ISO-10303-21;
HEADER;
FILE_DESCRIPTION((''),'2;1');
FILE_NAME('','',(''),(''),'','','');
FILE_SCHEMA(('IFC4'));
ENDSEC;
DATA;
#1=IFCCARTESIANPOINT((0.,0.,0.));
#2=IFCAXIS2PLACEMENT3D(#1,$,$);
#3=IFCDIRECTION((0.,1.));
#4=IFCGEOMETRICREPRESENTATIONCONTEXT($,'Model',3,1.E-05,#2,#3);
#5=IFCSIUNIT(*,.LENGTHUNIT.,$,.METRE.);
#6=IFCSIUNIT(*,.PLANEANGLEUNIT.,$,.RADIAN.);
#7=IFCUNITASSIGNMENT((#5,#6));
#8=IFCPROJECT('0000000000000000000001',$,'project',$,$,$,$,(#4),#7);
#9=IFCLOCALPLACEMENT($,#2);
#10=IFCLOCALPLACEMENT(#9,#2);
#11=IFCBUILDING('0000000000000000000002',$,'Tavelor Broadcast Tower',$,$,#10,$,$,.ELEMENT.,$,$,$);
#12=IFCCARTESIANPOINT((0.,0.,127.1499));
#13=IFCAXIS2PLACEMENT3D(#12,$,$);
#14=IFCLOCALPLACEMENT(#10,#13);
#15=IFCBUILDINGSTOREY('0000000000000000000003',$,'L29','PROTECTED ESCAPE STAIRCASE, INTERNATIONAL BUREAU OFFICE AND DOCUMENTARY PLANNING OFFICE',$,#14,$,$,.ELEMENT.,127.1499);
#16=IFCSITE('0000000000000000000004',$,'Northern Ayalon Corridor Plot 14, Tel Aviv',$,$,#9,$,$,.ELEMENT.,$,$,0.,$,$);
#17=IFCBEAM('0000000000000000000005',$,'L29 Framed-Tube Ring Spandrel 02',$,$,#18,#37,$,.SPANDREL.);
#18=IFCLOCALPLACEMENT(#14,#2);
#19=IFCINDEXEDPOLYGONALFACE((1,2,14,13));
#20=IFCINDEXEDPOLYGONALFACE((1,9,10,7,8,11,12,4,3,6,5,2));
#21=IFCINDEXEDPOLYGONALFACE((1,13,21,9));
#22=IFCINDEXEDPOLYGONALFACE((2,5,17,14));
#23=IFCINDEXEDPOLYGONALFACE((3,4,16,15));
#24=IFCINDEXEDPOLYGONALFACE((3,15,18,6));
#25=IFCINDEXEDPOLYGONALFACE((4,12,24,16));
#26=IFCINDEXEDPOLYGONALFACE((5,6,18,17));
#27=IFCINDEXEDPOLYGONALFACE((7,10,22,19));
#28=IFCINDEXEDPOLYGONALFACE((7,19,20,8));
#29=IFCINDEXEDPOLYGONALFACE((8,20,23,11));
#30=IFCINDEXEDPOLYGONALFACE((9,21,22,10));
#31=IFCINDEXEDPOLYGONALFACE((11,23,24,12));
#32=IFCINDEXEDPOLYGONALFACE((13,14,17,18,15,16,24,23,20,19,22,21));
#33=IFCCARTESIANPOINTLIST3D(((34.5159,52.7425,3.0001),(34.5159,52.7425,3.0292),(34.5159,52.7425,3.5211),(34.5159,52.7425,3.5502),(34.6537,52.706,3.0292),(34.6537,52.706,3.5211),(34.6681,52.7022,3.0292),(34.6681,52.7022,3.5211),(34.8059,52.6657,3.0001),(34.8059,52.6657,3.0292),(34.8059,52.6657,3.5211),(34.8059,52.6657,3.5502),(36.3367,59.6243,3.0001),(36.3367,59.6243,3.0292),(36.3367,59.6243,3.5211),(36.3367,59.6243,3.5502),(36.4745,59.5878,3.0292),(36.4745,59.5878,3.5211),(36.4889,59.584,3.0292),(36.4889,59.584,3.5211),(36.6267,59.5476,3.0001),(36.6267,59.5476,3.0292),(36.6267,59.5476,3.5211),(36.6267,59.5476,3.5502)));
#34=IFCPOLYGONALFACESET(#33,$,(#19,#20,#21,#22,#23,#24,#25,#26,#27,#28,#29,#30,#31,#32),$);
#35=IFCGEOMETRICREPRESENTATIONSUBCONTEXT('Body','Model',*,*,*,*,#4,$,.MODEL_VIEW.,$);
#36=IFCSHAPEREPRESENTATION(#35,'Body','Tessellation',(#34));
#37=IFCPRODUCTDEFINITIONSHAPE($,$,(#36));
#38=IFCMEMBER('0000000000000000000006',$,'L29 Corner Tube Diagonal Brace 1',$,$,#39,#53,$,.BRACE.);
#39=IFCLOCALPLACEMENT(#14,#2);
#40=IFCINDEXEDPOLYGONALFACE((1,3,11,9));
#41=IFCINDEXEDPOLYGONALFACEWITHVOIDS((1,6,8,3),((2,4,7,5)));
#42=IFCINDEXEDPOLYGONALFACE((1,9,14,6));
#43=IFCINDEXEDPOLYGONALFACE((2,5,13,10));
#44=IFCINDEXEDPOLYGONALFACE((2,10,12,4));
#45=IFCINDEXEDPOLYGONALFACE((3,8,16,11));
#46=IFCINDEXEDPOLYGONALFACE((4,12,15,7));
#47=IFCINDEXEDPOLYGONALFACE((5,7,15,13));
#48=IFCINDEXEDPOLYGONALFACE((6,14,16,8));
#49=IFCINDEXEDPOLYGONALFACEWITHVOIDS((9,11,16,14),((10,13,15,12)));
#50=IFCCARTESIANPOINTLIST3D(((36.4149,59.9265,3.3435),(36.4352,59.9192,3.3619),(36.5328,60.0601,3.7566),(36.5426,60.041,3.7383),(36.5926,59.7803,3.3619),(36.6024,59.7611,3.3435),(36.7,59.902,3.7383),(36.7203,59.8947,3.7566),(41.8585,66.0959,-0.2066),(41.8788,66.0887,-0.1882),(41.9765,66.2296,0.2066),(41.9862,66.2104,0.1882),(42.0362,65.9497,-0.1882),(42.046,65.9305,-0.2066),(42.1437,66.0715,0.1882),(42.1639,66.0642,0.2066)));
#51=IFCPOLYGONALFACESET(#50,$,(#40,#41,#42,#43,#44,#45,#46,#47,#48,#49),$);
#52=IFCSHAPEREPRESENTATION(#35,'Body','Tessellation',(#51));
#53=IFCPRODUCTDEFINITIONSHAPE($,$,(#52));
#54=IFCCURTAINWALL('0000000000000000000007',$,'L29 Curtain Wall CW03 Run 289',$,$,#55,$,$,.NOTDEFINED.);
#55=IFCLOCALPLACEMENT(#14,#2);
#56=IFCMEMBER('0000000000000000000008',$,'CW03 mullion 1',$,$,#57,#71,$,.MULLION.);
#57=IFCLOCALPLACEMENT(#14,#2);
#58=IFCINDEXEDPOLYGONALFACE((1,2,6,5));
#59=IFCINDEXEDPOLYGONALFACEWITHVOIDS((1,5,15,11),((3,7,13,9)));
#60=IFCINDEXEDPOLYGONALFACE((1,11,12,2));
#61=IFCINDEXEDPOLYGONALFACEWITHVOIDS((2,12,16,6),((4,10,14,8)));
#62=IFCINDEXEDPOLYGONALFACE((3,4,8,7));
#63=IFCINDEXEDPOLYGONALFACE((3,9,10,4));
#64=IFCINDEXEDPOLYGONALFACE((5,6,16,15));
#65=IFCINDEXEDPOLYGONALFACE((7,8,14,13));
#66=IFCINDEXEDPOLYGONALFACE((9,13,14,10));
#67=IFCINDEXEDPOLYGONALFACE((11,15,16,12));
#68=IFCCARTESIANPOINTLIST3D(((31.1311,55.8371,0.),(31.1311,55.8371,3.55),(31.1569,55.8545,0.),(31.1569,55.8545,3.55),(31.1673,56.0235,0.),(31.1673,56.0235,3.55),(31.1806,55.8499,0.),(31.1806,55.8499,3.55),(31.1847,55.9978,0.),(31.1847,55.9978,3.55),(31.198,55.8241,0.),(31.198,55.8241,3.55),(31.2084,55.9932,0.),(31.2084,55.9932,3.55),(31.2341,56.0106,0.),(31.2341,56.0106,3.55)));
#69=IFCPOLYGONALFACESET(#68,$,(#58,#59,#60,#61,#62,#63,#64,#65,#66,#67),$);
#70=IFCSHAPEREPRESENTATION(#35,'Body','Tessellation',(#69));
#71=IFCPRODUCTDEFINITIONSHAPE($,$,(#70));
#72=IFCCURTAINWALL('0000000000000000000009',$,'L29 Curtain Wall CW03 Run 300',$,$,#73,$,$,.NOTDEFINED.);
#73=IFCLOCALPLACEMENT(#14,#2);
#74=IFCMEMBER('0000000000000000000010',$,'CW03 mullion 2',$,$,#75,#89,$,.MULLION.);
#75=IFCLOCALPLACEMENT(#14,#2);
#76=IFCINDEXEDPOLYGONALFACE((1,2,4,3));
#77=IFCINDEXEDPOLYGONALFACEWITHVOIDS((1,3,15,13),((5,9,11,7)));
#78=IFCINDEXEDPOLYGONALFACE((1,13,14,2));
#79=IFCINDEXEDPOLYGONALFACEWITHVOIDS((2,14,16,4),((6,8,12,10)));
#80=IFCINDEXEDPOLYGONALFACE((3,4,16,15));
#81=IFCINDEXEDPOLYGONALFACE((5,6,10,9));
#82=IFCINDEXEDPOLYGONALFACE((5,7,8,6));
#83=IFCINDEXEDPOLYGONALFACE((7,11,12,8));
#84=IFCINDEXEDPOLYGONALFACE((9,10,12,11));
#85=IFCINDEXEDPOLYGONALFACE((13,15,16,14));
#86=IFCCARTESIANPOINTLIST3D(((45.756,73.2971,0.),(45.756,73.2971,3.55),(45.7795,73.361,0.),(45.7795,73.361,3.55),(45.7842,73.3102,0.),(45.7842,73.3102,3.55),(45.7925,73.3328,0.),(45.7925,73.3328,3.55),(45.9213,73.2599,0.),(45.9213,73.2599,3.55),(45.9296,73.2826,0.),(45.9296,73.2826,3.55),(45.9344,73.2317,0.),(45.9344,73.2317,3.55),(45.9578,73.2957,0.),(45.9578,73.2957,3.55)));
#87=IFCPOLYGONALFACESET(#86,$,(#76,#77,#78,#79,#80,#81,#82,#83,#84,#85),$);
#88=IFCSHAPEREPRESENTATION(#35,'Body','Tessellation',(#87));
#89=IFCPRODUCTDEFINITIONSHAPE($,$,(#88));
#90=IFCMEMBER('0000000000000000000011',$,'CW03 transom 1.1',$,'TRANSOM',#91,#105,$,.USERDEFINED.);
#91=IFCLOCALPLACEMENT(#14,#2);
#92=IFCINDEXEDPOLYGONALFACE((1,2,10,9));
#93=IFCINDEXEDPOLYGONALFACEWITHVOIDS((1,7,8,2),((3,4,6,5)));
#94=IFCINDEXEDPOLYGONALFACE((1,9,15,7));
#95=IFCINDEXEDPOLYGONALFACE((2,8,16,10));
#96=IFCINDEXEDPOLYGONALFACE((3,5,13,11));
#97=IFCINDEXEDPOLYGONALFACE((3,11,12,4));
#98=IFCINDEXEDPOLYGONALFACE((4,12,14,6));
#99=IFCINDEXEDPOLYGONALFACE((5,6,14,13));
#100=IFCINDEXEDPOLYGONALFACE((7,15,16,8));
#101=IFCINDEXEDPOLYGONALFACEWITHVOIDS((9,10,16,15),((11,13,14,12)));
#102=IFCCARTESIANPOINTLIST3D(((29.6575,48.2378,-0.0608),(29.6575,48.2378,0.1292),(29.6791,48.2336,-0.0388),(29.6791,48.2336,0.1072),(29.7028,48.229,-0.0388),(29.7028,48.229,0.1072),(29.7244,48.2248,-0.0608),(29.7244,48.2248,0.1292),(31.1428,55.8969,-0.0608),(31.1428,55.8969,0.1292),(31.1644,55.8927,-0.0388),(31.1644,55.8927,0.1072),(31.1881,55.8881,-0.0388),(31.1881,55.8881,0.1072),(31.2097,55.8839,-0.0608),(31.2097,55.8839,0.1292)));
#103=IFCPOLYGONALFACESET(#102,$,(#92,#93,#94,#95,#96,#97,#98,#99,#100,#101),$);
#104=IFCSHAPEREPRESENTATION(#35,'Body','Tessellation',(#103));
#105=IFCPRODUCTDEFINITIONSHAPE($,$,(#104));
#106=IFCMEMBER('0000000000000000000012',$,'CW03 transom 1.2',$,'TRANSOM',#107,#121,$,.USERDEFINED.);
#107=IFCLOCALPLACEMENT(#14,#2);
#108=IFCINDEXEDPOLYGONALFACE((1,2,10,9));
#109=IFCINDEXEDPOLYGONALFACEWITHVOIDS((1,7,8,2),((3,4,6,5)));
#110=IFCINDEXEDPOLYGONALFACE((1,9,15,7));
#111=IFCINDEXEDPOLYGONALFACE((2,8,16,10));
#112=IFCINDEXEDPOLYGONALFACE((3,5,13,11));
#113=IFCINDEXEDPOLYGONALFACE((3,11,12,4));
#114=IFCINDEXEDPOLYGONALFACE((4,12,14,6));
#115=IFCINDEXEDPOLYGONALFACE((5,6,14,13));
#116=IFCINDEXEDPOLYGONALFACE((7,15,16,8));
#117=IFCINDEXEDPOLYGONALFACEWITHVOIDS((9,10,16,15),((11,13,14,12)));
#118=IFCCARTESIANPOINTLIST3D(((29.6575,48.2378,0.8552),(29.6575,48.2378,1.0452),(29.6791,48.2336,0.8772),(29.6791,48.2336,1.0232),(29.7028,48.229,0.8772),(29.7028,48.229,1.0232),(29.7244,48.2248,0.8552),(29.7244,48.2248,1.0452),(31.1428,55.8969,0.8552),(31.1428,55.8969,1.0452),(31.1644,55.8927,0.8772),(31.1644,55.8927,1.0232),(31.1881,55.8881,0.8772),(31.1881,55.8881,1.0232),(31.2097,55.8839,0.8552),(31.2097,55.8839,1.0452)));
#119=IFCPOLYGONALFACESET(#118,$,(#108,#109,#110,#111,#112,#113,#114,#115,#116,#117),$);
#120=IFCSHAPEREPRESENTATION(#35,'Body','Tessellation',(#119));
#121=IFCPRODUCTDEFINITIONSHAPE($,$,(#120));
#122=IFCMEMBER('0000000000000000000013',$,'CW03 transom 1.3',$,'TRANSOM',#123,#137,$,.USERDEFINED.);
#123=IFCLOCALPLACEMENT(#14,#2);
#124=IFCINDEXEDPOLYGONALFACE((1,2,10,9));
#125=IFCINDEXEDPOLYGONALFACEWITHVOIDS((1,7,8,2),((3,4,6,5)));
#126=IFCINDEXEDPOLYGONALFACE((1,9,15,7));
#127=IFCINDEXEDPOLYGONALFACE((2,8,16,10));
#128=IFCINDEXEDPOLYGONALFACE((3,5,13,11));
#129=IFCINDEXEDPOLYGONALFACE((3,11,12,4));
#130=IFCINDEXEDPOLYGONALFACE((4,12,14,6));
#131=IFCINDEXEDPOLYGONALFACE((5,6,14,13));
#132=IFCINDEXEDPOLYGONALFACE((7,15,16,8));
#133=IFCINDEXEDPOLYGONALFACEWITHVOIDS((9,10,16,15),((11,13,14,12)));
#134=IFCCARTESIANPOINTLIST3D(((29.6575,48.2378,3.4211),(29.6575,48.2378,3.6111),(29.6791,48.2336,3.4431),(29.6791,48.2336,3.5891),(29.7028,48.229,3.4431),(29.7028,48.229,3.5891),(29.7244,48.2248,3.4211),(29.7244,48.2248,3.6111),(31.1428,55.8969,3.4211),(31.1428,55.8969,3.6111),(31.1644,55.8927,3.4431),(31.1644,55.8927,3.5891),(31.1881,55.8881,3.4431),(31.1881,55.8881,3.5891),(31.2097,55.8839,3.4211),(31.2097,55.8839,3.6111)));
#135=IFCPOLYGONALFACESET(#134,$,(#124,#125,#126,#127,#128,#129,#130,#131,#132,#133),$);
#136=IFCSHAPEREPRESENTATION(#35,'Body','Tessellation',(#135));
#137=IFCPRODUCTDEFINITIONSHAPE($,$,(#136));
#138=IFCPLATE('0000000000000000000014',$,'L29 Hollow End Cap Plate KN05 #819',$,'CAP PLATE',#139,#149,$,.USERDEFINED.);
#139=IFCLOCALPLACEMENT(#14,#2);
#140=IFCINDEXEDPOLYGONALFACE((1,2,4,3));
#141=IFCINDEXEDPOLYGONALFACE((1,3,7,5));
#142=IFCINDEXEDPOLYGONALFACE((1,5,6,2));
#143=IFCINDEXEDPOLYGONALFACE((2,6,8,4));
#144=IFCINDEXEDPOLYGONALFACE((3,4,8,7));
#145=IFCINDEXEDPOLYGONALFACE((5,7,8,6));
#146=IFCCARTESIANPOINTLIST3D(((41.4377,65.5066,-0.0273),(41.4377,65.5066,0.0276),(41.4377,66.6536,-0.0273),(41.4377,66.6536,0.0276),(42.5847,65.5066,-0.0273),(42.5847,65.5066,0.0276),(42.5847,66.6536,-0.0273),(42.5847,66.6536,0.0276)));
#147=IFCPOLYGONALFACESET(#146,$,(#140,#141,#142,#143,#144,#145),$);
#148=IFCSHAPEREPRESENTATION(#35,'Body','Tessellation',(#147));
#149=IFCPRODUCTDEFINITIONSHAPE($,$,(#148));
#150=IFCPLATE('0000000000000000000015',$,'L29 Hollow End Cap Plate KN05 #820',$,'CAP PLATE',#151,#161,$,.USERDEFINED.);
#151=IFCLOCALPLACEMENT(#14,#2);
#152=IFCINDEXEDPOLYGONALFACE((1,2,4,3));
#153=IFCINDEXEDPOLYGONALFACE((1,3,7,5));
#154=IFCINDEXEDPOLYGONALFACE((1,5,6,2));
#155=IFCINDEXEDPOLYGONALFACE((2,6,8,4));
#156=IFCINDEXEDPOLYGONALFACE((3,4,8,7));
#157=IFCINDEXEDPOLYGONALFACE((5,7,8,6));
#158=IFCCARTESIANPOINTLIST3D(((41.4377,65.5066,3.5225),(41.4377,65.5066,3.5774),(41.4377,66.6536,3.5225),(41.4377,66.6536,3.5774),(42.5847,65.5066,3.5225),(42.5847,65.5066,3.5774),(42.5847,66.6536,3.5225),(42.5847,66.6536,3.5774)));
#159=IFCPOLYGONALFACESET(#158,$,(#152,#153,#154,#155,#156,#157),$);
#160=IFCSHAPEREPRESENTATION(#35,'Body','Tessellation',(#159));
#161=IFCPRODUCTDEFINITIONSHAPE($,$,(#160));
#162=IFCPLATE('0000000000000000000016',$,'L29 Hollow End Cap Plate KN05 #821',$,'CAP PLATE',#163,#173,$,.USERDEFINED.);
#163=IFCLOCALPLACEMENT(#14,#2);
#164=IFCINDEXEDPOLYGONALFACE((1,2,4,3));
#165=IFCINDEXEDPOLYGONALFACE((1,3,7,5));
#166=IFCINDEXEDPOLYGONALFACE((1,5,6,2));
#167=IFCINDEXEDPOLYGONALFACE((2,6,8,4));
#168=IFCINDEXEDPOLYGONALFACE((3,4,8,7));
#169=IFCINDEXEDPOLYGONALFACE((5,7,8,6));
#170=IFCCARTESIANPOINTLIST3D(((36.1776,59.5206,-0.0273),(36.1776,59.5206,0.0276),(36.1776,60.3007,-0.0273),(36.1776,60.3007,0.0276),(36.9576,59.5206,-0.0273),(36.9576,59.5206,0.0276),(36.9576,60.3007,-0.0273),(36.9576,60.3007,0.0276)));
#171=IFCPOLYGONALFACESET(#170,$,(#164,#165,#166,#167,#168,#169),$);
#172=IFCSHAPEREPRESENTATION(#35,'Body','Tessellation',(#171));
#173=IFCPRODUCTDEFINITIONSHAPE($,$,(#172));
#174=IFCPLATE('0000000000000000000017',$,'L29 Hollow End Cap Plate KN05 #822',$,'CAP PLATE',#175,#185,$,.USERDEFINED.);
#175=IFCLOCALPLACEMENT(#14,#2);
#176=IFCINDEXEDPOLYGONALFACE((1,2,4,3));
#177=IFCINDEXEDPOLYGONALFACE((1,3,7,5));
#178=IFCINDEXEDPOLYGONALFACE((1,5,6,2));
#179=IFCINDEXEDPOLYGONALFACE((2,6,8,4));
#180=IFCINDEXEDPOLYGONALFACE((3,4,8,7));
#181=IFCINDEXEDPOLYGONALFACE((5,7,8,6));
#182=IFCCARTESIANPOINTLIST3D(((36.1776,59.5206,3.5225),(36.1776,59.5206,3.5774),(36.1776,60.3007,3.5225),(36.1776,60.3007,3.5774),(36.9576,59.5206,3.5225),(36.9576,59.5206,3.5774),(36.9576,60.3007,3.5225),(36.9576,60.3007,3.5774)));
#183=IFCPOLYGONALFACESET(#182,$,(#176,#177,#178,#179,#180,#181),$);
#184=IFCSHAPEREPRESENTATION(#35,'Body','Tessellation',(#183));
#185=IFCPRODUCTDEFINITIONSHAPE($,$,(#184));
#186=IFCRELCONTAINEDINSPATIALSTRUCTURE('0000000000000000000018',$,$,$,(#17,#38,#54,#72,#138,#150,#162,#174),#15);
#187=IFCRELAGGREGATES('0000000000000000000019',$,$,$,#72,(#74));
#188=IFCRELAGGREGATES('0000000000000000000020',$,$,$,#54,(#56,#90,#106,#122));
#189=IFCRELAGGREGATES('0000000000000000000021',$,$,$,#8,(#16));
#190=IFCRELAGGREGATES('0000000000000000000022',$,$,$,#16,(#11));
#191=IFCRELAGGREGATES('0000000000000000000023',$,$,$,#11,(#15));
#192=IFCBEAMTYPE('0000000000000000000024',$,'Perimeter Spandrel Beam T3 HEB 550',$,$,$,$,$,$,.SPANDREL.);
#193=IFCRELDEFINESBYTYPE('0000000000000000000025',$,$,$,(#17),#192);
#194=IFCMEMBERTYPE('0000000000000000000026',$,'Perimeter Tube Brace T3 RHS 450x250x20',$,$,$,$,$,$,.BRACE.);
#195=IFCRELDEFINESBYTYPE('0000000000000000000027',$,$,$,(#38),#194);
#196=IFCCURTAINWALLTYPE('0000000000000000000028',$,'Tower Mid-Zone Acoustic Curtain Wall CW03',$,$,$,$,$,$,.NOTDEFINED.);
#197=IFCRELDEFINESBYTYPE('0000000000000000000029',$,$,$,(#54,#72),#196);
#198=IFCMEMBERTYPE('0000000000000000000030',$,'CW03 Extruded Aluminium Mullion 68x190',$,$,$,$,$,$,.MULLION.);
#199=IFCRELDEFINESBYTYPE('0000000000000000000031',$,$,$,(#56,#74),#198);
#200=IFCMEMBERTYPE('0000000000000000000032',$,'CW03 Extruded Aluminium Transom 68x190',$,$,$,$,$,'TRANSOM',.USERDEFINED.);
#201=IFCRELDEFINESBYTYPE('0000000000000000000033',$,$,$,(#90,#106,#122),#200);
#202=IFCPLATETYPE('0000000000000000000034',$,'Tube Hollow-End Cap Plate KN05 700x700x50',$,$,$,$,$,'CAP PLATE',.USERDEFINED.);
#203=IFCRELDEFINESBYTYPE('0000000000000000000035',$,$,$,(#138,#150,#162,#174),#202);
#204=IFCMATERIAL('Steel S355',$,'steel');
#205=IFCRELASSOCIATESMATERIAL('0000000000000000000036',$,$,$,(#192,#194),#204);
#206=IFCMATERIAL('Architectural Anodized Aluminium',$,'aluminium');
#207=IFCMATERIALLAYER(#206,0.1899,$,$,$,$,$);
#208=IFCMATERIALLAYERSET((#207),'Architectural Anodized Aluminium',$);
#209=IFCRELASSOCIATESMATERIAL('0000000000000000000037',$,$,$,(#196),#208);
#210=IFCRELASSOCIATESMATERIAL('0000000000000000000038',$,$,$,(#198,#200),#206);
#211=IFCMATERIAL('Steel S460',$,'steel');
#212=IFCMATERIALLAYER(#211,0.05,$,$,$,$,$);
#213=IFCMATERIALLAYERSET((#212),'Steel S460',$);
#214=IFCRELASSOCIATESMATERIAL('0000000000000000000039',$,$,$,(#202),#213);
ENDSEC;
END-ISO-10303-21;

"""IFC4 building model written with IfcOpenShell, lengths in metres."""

from ifc_helpers import new_model, si_unit, direction, frame, origin, origin_2d, place, context, subcontext, project, spatial, rectangle, hollow_rectangle, i_section, extrude, source, transform, mapped, material, layer, layer_set, material_profile, profile_set, type_object, type_shapes, element, aggregate, save


model = new_model("IFC4")

# Units and contexts
model_context = context("Model", 3, precision=1e-05, world=origin(), true_north=direction((0.0, 1.0)))
body_context = subcontext(model_context, "Body", "Model", "MODEL_VIEW")
ifc_project = project(units=[si_unit("LENGTHUNIT", "METRE"), si_unit("PLANEANGLEUNIT", "RADIAN")], contexts=[model_context])

# Site, building, storey
site_placement = place(None, origin())
site = spatial("IfcSite", under=ifc_project, at=site_placement, Name="Northern Ayalon Corridor Plot 14, Tel Aviv", CompositionType="ELEMENT", RefElevation=0.0)
building_placement = place(site_placement, origin())
building = spatial("IfcBuilding", under=site, at=building_placement, Name="Tavelor Broadcast Tower", CompositionType="ELEMENT")
storey_placement = place(building_placement, frame((0.0, 0.0, 127.1499)))
storey = spatial("IfcBuildingStorey", under=building, at=storey_placement, Name="L29", Description="PROTECTED ESCAPE STAIRCASE, INTERNATIONAL BUREAU OFFICE AND DOCUMENTARY PLANNING OFFICE", CompositionType="ELEMENT", Elevation=127.1499)

# Shared definitions
ifc_material_1 = material(Name="Steel S460", Category="steel")

# Beam
ifc_material_2 = material(Name="Steel S355", Category="steel")
ifc_material_profile_1 = material_profile(ifc_material_2, i_section(OverallWidth=0.3, OverallDepth=0.55, WebThickness=0.0149, FlangeThickness=0.0291, at=origin_2d()), Name="HEB 550")
ifc_profile_set_1 = profile_set([ifc_material_profile_1], Name="Steel S355")
beam_type_1 = type_object("IfcBeamType", Name="Perimeter Spandrel Beam T3 HEB 550", PredefinedType="SPANDREL", material=ifc_profile_set_1)
beam_1_placement = place(storey_placement, frame((36.4817, 59.5859, 3.2751), z_axis=(-0.255779, -0.966735, 0.0), x_axis=(0.966735, -0.255779, 0.0)))
element("IfcBeam", 1, at=beam_1_placement, inside=storey, type_object=beam_type_1, Name="L29 Framed-Tube Ring Spandrel 02", PredefinedType="SPANDREL", context=body_context, shape_type="SweptSolid", body=[
    extrude(i_section(OverallWidth=0.3, OverallDepth=0.55, WebThickness=0.0149, FlangeThickness=0.0291, at=origin_2d()), origin(), (0.0, 0.0, 1.0), 7.1187),
])

# Member
ifc_material_profile_2 = material_profile(ifc_material_2, hollow_rectangle(XDim=0.25, YDim=0.45, WallThickness=0.02, at=origin_2d()), Name="RHS 450x250x20")
ifc_profile_set_2 = profile_set([ifc_material_profile_2], Name="Steel S355")
member_type_1 = type_object("IfcMemberType", Name="Perimeter Tube Brace T3 RHS 450x250x20", PredefinedType="BRACE", material=ifc_profile_set_2)
member_1_placement = place(storey_placement, frame((42.0112, 66.0801, 0.0), z_axis=(-0.607485, -0.688484, 0.396171), x_axis=(0.749839, -0.661621, 0.0)))
element("IfcMember", 2, at=member_1_placement, inside=storey, type_object=member_type_1, Name="L29 Corner Tube Diagonal Brace 1", PredefinedType="BRACE", context=body_context, shape_type="SweptSolid", body=[
    extrude(hollow_rectangle(XDim=0.25, YDim=0.45, WallThickness=0.02, at=origin_2d()), origin(), (0.0, 0.0, 1.0), 8.9609),
])

# Curtain walls, members
ifc_material_3 = material(Name="Architectural Anodized Aluminium", Category="aluminium")
ifc_layer_1 = layer(ifc_material_3, 0.1899)
ifc_layer_set_1 = layer_set([ifc_layer_1], Name="Architectural Anodized Aluminium")
curtain_wall_type = type_object("IfcCurtainWallType", Name="Tower Mid-Zone Acoustic Curtain Wall CW03", PredefinedType="NOTDEFINED", material=ifc_layer_set_1)
curtain_wall_1_placement = place(storey_placement, origin())
curtain_wall_1 = element("IfcCurtainWall", 3, at=curtain_wall_1_placement, inside=storey, type_object=curtain_wall_type, Name="L29 Curtain Wall CW03 Run 289", PredefinedType="NOTDEFINED")
ifc_material_profile_3 = material_profile(ifc_material_3, hollow_rectangle(XDim=0.0681, YDim=0.1899, WallThickness=0.022, at=origin_2d()), Name="RHS 68x190x22")
ifc_profile_set_3 = profile_set([ifc_material_profile_3], Name="Architectural Anodized Aluminium")
member_type_2 = type_object("IfcMemberType", Name="CW03 Extruded Aluminium Mullion 68x190", PredefinedType="MULLION", material=ifc_profile_set_3)
shared_shape_1 = source(origin(), body_context, "Body", "SweptSolid", [
    extrude(hollow_rectangle(XDim=0.0681, YDim=0.1899, WallThickness=0.022, at=origin_2d()), origin(), (0.0, 0.0, 1.0), 3.55),
])
type_shapes(member_type_2, [shared_shape_1])
member_2_placement = place(storey_placement, frame((31.1826, 55.9238, 0.0), z_axis=(0.0, 0.0, 1.0), x_axis=(0.981711, -0.190378, 0.0)))
member_2 = element("IfcMember", 4, at=member_2_placement, type_object=member_type_2, Name="CW03 mullion 1", PredefinedType="MULLION", context=body_context, shape_type="MappedRepresentation", body=[
    mapped(shared_shape_1, transform((0.0, 0.0, 0.0), scale=1.0)),
])
curtain_wall_2_placement = place(storey_placement, origin())
curtain_wall_2 = element("IfcCurtainWall", 5, at=curtain_wall_2_placement, inside=storey, type_object=curtain_wall_type, Name="L29 Curtain Wall CW03 Run 300", PredefinedType="NOTDEFINED")
member_3_placement = place(storey_placement, frame((45.8569, 73.2964, 0.0), z_axis=(0.0, 0.0, 1.0), x_axis=(-0.344039, -0.938955, 0.0)))
member_3 = element("IfcMember", 6, at=member_3_placement, type_object=member_type_2, Name="CW03 mullion 2", PredefinedType="MULLION", context=body_context, shape_type="MappedRepresentation", body=[
    mapped(shared_shape_1, transform((0.0, 0.0, 0.0), scale=1.0)),
])
aggregate(curtain_wall_2, [member_3])

# Members
ifc_material_profile_4 = material_profile(ifc_material_3, hollow_rectangle(XDim=0.0681, YDim=0.1899, WallThickness=0.022, at=origin_2d()), Name="RHS 68x190x22")
ifc_profile_set_4 = profile_set([ifc_material_profile_4], Name="Architectural Anodized Aluminium")
member_type_3 = type_object("IfcMemberType", Name="CW03 Extruded Aluminium Transom 68x190", ElementType="TRANSOM", PredefinedType="USERDEFINED", material=ifc_profile_set_4)
shared_shape_2 = source(origin(), body_context, "Body", "SweptSolid", [
    extrude(hollow_rectangle(XDim=0.0681, YDim=0.1899, WallThickness=0.022, at=origin_2d()), origin(), (0.0, 0.0, 1.0), 7.8018),
])
type_shapes(member_type_3, [shared_shape_2])
member_4_placement = place(storey_placement, frame((31.1763, 55.8904, 0.0342), z_axis=(-0.190384, -0.98171, 0.0), x_axis=(0.98171, -0.190384, 0.0)))
member_4 = element("IfcMember", 7, at=member_4_placement, type_object=member_type_3, Name="CW03 transom 1.1", ObjectType="TRANSOM", PredefinedType="USERDEFINED", context=body_context, shape_type="MappedRepresentation", body=[
    mapped(shared_shape_2, transform((0.0, 0.0, 0.0), scale=1.0)),
])
member_5_placement = place(storey_placement, frame((31.1763, 55.8904, 0.9502), z_axis=(-0.190384, -0.98171, 0.0), x_axis=(0.98171, -0.190384, 0.0)))
member_5 = element("IfcMember", 8, at=member_5_placement, type_object=member_type_3, Name="CW03 transom 1.2", ObjectType="TRANSOM", PredefinedType="USERDEFINED", context=body_context, shape_type="MappedRepresentation", body=[
    mapped(shared_shape_2, transform((0.0, 0.0, 0.0), scale=1.0)),
])
member_6_placement = place(storey_placement, frame((31.1763, 55.8904, 3.5161), z_axis=(-0.190384, -0.98171, 0.0), x_axis=(0.98171, -0.190384, 0.0)))
member_6 = element("IfcMember", 9, at=member_6_placement, type_object=member_type_3, Name="CW03 transom 1.3", ObjectType="TRANSOM", PredefinedType="USERDEFINED", context=body_context, shape_type="MappedRepresentation", body=[
    mapped(shared_shape_2, transform((0.0, 0.0, 0.0), scale=1.0)),
])
aggregate(curtain_wall_1, [member_2, member_4, member_5, member_6])

# Plates
ifc_layer_2 = layer(ifc_material_1, 0.05)
ifc_layer_set_2 = layer_set([ifc_layer_2], Name="Steel S460")
plate_type = type_object("IfcPlateType", Name="Tube Hollow-End Cap Plate KN05 700x700x50", ElementType="CAP PLATE", PredefinedType="USERDEFINED", material=ifc_layer_set_2)
shared_shape_3 = source(origin(), body_context, "Body", "SweptSolid", [
    extrude(rectangle(XDim=1.147, YDim=1.147, at=origin_2d()), origin(), (0.0, 0.0, 1.0), 0.0549),
])
for number, where, z_axis, x_axis, name in (
    (10, (42.0112, 66.0801, -0.0273), (0.0, 0.0, 1.0), (1.0, 0.0, 0.0), "L29 Hollow End Cap Plate KN05 #819"),
    (11, (42.0112, 66.0801, 3.5225), (0.0, 0.0, 1.0), (1.0, 0.0, 0.0), "L29 Hollow End Cap Plate KN05 #820"),
):
    element("IfcPlate", number, at=place(storey_placement, frame(where, z_axis=z_axis, x_axis=x_axis)), inside=storey, type_object=plate_type, Name=name, ObjectType="CAP PLATE", PredefinedType="USERDEFINED", context=body_context, shape_type="MappedRepresentation", body=[
        mapped(shared_shape_3, transform((0.0, 0.0, 0.0), scale=1.0)),
    ])
shared_shape_4 = source(origin(), body_context, "Body", "SweptSolid", [
    extrude(rectangle(XDim=0.78, YDim=0.78, at=origin_2d()), origin(), (0.0, 0.0, 1.0), 0.0549),
])
type_shapes(plate_type, [shared_shape_3, shared_shape_4])
for number, where, z_axis, x_axis, name in (
    (12, (36.5676, 59.9106, -0.0273), (0.0, 0.0, 1.0), (1.0, 0.0, 0.0), "L29 Hollow End Cap Plate KN05 #821"),
    (13, (36.5676, 59.9106, 3.5225), (0.0, 0.0, 1.0), (1.0, 0.0, 0.0), "L29 Hollow End Cap Plate KN05 #822"),
):
    element("IfcPlate", number, at=place(storey_placement, frame(where, z_axis=z_axis, x_axis=x_axis)), inside=storey, type_object=plate_type, Name=name, ObjectType="CAP PLATE", PredefinedType="USERDEFINED", context=body_context, shape_type="MappedRepresentation", body=[
        mapped(shared_shape_4, transform((0.0, 0.0, 0.0), scale=1.0)),
    ])

save(model, "model.ifc")
